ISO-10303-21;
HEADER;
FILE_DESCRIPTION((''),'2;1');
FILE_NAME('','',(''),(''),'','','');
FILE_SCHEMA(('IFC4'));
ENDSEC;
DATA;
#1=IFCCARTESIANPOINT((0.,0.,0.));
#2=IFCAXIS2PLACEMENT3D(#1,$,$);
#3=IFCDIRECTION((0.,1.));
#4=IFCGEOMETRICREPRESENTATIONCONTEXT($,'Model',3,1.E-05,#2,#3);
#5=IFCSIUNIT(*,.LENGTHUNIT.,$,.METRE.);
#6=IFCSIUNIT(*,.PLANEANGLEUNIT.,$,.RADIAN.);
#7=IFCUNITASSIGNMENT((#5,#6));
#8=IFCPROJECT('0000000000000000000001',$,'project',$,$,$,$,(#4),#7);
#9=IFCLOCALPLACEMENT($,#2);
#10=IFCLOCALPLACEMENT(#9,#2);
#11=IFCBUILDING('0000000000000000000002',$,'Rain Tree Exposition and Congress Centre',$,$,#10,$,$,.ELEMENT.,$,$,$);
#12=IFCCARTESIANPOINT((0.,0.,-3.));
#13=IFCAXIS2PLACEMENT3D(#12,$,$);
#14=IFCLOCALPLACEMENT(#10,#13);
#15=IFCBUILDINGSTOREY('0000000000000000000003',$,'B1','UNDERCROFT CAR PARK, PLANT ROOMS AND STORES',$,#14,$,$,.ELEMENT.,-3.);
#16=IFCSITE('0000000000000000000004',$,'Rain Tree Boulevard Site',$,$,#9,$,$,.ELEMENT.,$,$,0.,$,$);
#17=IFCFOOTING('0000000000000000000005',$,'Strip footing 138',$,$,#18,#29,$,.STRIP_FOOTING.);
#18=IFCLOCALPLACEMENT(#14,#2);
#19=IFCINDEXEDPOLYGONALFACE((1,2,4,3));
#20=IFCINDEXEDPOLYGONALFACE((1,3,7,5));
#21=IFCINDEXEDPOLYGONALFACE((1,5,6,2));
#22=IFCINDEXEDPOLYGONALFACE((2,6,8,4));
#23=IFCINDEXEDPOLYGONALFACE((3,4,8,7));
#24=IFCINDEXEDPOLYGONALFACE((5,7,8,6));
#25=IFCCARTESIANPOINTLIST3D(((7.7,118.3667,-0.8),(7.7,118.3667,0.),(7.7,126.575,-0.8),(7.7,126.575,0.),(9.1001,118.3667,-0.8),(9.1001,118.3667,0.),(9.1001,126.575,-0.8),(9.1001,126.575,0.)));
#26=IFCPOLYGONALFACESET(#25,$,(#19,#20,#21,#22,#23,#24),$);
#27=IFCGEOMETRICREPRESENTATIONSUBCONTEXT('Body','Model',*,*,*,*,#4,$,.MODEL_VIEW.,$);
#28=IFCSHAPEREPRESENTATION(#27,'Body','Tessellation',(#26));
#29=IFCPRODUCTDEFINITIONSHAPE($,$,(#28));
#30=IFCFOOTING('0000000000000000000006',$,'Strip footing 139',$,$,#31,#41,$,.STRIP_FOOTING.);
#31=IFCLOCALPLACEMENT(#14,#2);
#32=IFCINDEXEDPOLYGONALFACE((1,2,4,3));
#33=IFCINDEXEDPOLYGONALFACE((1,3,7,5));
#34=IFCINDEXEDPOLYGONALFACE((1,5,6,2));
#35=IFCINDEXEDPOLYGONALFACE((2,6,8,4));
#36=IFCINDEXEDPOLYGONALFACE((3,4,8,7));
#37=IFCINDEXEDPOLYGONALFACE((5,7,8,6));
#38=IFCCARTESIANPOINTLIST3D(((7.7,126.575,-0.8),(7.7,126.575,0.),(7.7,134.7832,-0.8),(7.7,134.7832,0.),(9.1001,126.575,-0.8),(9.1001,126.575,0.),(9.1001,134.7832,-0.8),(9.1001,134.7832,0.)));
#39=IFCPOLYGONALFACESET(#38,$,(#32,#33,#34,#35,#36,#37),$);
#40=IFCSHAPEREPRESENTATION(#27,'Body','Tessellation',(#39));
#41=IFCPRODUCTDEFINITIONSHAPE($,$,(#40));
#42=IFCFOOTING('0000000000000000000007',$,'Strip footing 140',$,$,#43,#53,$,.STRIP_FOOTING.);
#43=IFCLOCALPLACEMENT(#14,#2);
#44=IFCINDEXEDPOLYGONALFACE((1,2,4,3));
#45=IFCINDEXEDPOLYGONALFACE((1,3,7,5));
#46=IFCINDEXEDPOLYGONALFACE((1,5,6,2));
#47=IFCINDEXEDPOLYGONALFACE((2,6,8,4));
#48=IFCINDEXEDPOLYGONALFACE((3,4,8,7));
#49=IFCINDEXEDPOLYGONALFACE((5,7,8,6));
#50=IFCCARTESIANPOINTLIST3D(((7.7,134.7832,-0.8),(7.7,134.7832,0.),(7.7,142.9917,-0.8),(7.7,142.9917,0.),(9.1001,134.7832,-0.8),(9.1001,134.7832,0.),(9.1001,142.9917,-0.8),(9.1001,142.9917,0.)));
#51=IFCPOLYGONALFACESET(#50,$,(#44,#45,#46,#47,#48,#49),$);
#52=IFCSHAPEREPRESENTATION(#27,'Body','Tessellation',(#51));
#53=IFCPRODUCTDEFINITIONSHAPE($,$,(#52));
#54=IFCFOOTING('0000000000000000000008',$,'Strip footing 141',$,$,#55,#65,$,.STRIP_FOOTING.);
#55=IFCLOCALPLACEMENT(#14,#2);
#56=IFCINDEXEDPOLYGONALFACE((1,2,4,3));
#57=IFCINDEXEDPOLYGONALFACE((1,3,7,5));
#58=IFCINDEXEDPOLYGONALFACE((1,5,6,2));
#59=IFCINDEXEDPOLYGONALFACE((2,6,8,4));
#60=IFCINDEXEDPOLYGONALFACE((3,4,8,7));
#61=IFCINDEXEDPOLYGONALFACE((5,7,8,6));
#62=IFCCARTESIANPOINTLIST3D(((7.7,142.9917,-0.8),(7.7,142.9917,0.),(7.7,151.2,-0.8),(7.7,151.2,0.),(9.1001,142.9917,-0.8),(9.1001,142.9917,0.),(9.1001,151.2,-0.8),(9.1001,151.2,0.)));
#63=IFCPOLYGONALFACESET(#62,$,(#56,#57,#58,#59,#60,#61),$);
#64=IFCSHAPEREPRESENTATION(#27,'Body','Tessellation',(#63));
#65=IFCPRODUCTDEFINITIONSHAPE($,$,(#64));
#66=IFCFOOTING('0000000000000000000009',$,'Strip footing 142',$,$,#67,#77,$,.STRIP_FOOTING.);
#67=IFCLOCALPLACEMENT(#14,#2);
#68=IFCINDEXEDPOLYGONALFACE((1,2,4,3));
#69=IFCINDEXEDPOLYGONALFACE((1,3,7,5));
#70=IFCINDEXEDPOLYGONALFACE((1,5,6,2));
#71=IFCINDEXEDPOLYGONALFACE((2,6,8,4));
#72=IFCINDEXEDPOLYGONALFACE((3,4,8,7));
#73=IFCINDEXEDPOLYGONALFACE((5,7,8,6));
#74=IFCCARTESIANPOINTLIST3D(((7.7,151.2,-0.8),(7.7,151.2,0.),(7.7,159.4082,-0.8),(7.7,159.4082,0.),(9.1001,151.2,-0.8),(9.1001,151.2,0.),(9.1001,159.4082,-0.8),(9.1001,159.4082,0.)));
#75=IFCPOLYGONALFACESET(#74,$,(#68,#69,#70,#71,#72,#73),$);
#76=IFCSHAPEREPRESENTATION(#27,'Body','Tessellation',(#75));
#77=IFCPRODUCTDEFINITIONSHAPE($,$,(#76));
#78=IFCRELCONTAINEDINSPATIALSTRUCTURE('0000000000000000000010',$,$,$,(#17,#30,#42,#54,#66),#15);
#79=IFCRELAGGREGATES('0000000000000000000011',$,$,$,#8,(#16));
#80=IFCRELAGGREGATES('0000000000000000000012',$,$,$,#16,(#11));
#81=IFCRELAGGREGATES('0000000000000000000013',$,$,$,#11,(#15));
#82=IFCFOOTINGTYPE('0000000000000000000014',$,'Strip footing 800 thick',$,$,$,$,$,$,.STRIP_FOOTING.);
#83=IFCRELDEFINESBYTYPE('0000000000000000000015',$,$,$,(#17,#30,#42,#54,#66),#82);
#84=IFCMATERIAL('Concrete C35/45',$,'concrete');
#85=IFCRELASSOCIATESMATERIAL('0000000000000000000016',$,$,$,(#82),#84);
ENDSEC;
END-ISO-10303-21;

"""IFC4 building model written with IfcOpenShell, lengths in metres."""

from ifc_helpers import new_model, si_unit, direction, frame, origin, place, context, subcontext, project, spatial, polyline, outline, extrude, material, type_object, element, save


model = new_model("IFC4")

# Units and contexts
model_context = context("Model", 3, precision=1e-05, world=origin(), true_north=direction((0.0, 1.0)))
body_context = subcontext(model_context, "Body", "Model", "MODEL_VIEW")
ifc_project = project(units=[si_unit("LENGTHUNIT", "METRE"), si_unit("PLANEANGLEUNIT", "RADIAN")], contexts=[model_context])

# Site, building, storey
site_placement = place(None, origin())
site = spatial("IfcSite", under=ifc_project, at=site_placement, Name="Rain Tree Boulevard Site", CompositionType="ELEMENT", RefElevation=0.0)
building_placement = place(site_placement, origin())
building = spatial("IfcBuilding", under=site, at=building_placement, Name="Rain Tree Exposition and Congress Centre", CompositionType="ELEMENT")
storey_placement = place(building_placement, frame((0.0, 0.0, -3.0)))
storey = spatial("IfcBuildingStorey", under=building, at=storey_placement, Name="B1", Description="UNDERCROFT CAR PARK, PLANT ROOMS AND STORES", CompositionType="ELEMENT", Elevation=-3.0)

# Footings
ifc_material_1 = material(Name="Concrete C35/45", Category="concrete")
footing_type_1 = type_object("IfcFootingType", Name="Strip footing 800 thick", PredefinedType="STRIP_FOOTING", material=ifc_material_1)
footing_1_placement = place(storey_placement, frame((0.0, 0.0, -0.8)))
element("IfcFooting", 1, at=footing_1_placement, inside=storey, type_object=footing_type_1, Name="Strip footing 138", PredefinedType="STRIP_FOOTING", context=body_context, shape_type="SweptSolid", body=[
    extrude(outline(polyline([(9.1001, 118.3667), (9.1001, 126.575), (7.7, 126.575), (7.7, 118.3667), (9.1001, 118.3667)])), origin(), (0.0, 0.0, 1.0), 0.8),
])
footing_2_placement = place(storey_placement, frame((0.0, 0.0, -0.8)))
element("IfcFooting", 2, at=footing_2_placement, inside=storey, type_object=footing_type_1, Name="Strip footing 139", PredefinedType="STRIP_FOOTING", context=body_context, shape_type="SweptSolid", body=[
    extrude(outline(polyline([(9.1001, 126.575), (9.1001, 134.7832), (7.7, 134.7832), (7.7, 126.575), (9.1001, 126.575)])), origin(), (0.0, 0.0, 1.0), 0.8),
])
footing_3_placement = place(storey_placement, frame((0.0, 0.0, -0.8)))
element("IfcFooting", 3, at=footing_3_placement, inside=storey, type_object=footing_type_1, Name="Strip footing 140", PredefinedType="STRIP_FOOTING", context=body_context, shape_type="SweptSolid", body=[
    extrude(outline(polyline([(9.1001, 134.7832), (9.1001, 142.9917), (7.7, 142.9917), (7.7, 134.7832), (9.1001, 134.7832)])), origin(), (0.0, 0.0, 1.0), 0.8),
])
footing_4_placement = place(storey_placement, frame((0.0, 0.0, -0.8)))
element("IfcFooting", 4, at=footing_4_placement, inside=storey, type_object=footing_type_1, Name="Strip footing 141", PredefinedType="STRIP_FOOTING", context=body_context, shape_type="SweptSolid", body=[
    extrude(outline(polyline([(9.1001, 142.9917), (9.1001, 151.2), (7.7, 151.2), (7.7, 142.9917), (9.1001, 142.9917)])), origin(), (0.0, 0.0, 1.0), 0.8),
])
footing_5_placement = place(storey_placement, frame((0.0, 0.0, -0.8)))
element("IfcFooting", 5, at=footing_5_placement, inside=storey, type_object=footing_type_1, Name="Strip footing 142", PredefinedType="STRIP_FOOTING", context=body_context, shape_type="SweptSolid", body=[
    extrude(outline(polyline([(9.1001, 151.2), (9.1001, 159.4082), (7.7, 159.4082), (7.7, 151.2), (9.1001, 151.2)])), origin(), (0.0, 0.0, 1.0), 0.8),
])

save(model, "model.ifc")
